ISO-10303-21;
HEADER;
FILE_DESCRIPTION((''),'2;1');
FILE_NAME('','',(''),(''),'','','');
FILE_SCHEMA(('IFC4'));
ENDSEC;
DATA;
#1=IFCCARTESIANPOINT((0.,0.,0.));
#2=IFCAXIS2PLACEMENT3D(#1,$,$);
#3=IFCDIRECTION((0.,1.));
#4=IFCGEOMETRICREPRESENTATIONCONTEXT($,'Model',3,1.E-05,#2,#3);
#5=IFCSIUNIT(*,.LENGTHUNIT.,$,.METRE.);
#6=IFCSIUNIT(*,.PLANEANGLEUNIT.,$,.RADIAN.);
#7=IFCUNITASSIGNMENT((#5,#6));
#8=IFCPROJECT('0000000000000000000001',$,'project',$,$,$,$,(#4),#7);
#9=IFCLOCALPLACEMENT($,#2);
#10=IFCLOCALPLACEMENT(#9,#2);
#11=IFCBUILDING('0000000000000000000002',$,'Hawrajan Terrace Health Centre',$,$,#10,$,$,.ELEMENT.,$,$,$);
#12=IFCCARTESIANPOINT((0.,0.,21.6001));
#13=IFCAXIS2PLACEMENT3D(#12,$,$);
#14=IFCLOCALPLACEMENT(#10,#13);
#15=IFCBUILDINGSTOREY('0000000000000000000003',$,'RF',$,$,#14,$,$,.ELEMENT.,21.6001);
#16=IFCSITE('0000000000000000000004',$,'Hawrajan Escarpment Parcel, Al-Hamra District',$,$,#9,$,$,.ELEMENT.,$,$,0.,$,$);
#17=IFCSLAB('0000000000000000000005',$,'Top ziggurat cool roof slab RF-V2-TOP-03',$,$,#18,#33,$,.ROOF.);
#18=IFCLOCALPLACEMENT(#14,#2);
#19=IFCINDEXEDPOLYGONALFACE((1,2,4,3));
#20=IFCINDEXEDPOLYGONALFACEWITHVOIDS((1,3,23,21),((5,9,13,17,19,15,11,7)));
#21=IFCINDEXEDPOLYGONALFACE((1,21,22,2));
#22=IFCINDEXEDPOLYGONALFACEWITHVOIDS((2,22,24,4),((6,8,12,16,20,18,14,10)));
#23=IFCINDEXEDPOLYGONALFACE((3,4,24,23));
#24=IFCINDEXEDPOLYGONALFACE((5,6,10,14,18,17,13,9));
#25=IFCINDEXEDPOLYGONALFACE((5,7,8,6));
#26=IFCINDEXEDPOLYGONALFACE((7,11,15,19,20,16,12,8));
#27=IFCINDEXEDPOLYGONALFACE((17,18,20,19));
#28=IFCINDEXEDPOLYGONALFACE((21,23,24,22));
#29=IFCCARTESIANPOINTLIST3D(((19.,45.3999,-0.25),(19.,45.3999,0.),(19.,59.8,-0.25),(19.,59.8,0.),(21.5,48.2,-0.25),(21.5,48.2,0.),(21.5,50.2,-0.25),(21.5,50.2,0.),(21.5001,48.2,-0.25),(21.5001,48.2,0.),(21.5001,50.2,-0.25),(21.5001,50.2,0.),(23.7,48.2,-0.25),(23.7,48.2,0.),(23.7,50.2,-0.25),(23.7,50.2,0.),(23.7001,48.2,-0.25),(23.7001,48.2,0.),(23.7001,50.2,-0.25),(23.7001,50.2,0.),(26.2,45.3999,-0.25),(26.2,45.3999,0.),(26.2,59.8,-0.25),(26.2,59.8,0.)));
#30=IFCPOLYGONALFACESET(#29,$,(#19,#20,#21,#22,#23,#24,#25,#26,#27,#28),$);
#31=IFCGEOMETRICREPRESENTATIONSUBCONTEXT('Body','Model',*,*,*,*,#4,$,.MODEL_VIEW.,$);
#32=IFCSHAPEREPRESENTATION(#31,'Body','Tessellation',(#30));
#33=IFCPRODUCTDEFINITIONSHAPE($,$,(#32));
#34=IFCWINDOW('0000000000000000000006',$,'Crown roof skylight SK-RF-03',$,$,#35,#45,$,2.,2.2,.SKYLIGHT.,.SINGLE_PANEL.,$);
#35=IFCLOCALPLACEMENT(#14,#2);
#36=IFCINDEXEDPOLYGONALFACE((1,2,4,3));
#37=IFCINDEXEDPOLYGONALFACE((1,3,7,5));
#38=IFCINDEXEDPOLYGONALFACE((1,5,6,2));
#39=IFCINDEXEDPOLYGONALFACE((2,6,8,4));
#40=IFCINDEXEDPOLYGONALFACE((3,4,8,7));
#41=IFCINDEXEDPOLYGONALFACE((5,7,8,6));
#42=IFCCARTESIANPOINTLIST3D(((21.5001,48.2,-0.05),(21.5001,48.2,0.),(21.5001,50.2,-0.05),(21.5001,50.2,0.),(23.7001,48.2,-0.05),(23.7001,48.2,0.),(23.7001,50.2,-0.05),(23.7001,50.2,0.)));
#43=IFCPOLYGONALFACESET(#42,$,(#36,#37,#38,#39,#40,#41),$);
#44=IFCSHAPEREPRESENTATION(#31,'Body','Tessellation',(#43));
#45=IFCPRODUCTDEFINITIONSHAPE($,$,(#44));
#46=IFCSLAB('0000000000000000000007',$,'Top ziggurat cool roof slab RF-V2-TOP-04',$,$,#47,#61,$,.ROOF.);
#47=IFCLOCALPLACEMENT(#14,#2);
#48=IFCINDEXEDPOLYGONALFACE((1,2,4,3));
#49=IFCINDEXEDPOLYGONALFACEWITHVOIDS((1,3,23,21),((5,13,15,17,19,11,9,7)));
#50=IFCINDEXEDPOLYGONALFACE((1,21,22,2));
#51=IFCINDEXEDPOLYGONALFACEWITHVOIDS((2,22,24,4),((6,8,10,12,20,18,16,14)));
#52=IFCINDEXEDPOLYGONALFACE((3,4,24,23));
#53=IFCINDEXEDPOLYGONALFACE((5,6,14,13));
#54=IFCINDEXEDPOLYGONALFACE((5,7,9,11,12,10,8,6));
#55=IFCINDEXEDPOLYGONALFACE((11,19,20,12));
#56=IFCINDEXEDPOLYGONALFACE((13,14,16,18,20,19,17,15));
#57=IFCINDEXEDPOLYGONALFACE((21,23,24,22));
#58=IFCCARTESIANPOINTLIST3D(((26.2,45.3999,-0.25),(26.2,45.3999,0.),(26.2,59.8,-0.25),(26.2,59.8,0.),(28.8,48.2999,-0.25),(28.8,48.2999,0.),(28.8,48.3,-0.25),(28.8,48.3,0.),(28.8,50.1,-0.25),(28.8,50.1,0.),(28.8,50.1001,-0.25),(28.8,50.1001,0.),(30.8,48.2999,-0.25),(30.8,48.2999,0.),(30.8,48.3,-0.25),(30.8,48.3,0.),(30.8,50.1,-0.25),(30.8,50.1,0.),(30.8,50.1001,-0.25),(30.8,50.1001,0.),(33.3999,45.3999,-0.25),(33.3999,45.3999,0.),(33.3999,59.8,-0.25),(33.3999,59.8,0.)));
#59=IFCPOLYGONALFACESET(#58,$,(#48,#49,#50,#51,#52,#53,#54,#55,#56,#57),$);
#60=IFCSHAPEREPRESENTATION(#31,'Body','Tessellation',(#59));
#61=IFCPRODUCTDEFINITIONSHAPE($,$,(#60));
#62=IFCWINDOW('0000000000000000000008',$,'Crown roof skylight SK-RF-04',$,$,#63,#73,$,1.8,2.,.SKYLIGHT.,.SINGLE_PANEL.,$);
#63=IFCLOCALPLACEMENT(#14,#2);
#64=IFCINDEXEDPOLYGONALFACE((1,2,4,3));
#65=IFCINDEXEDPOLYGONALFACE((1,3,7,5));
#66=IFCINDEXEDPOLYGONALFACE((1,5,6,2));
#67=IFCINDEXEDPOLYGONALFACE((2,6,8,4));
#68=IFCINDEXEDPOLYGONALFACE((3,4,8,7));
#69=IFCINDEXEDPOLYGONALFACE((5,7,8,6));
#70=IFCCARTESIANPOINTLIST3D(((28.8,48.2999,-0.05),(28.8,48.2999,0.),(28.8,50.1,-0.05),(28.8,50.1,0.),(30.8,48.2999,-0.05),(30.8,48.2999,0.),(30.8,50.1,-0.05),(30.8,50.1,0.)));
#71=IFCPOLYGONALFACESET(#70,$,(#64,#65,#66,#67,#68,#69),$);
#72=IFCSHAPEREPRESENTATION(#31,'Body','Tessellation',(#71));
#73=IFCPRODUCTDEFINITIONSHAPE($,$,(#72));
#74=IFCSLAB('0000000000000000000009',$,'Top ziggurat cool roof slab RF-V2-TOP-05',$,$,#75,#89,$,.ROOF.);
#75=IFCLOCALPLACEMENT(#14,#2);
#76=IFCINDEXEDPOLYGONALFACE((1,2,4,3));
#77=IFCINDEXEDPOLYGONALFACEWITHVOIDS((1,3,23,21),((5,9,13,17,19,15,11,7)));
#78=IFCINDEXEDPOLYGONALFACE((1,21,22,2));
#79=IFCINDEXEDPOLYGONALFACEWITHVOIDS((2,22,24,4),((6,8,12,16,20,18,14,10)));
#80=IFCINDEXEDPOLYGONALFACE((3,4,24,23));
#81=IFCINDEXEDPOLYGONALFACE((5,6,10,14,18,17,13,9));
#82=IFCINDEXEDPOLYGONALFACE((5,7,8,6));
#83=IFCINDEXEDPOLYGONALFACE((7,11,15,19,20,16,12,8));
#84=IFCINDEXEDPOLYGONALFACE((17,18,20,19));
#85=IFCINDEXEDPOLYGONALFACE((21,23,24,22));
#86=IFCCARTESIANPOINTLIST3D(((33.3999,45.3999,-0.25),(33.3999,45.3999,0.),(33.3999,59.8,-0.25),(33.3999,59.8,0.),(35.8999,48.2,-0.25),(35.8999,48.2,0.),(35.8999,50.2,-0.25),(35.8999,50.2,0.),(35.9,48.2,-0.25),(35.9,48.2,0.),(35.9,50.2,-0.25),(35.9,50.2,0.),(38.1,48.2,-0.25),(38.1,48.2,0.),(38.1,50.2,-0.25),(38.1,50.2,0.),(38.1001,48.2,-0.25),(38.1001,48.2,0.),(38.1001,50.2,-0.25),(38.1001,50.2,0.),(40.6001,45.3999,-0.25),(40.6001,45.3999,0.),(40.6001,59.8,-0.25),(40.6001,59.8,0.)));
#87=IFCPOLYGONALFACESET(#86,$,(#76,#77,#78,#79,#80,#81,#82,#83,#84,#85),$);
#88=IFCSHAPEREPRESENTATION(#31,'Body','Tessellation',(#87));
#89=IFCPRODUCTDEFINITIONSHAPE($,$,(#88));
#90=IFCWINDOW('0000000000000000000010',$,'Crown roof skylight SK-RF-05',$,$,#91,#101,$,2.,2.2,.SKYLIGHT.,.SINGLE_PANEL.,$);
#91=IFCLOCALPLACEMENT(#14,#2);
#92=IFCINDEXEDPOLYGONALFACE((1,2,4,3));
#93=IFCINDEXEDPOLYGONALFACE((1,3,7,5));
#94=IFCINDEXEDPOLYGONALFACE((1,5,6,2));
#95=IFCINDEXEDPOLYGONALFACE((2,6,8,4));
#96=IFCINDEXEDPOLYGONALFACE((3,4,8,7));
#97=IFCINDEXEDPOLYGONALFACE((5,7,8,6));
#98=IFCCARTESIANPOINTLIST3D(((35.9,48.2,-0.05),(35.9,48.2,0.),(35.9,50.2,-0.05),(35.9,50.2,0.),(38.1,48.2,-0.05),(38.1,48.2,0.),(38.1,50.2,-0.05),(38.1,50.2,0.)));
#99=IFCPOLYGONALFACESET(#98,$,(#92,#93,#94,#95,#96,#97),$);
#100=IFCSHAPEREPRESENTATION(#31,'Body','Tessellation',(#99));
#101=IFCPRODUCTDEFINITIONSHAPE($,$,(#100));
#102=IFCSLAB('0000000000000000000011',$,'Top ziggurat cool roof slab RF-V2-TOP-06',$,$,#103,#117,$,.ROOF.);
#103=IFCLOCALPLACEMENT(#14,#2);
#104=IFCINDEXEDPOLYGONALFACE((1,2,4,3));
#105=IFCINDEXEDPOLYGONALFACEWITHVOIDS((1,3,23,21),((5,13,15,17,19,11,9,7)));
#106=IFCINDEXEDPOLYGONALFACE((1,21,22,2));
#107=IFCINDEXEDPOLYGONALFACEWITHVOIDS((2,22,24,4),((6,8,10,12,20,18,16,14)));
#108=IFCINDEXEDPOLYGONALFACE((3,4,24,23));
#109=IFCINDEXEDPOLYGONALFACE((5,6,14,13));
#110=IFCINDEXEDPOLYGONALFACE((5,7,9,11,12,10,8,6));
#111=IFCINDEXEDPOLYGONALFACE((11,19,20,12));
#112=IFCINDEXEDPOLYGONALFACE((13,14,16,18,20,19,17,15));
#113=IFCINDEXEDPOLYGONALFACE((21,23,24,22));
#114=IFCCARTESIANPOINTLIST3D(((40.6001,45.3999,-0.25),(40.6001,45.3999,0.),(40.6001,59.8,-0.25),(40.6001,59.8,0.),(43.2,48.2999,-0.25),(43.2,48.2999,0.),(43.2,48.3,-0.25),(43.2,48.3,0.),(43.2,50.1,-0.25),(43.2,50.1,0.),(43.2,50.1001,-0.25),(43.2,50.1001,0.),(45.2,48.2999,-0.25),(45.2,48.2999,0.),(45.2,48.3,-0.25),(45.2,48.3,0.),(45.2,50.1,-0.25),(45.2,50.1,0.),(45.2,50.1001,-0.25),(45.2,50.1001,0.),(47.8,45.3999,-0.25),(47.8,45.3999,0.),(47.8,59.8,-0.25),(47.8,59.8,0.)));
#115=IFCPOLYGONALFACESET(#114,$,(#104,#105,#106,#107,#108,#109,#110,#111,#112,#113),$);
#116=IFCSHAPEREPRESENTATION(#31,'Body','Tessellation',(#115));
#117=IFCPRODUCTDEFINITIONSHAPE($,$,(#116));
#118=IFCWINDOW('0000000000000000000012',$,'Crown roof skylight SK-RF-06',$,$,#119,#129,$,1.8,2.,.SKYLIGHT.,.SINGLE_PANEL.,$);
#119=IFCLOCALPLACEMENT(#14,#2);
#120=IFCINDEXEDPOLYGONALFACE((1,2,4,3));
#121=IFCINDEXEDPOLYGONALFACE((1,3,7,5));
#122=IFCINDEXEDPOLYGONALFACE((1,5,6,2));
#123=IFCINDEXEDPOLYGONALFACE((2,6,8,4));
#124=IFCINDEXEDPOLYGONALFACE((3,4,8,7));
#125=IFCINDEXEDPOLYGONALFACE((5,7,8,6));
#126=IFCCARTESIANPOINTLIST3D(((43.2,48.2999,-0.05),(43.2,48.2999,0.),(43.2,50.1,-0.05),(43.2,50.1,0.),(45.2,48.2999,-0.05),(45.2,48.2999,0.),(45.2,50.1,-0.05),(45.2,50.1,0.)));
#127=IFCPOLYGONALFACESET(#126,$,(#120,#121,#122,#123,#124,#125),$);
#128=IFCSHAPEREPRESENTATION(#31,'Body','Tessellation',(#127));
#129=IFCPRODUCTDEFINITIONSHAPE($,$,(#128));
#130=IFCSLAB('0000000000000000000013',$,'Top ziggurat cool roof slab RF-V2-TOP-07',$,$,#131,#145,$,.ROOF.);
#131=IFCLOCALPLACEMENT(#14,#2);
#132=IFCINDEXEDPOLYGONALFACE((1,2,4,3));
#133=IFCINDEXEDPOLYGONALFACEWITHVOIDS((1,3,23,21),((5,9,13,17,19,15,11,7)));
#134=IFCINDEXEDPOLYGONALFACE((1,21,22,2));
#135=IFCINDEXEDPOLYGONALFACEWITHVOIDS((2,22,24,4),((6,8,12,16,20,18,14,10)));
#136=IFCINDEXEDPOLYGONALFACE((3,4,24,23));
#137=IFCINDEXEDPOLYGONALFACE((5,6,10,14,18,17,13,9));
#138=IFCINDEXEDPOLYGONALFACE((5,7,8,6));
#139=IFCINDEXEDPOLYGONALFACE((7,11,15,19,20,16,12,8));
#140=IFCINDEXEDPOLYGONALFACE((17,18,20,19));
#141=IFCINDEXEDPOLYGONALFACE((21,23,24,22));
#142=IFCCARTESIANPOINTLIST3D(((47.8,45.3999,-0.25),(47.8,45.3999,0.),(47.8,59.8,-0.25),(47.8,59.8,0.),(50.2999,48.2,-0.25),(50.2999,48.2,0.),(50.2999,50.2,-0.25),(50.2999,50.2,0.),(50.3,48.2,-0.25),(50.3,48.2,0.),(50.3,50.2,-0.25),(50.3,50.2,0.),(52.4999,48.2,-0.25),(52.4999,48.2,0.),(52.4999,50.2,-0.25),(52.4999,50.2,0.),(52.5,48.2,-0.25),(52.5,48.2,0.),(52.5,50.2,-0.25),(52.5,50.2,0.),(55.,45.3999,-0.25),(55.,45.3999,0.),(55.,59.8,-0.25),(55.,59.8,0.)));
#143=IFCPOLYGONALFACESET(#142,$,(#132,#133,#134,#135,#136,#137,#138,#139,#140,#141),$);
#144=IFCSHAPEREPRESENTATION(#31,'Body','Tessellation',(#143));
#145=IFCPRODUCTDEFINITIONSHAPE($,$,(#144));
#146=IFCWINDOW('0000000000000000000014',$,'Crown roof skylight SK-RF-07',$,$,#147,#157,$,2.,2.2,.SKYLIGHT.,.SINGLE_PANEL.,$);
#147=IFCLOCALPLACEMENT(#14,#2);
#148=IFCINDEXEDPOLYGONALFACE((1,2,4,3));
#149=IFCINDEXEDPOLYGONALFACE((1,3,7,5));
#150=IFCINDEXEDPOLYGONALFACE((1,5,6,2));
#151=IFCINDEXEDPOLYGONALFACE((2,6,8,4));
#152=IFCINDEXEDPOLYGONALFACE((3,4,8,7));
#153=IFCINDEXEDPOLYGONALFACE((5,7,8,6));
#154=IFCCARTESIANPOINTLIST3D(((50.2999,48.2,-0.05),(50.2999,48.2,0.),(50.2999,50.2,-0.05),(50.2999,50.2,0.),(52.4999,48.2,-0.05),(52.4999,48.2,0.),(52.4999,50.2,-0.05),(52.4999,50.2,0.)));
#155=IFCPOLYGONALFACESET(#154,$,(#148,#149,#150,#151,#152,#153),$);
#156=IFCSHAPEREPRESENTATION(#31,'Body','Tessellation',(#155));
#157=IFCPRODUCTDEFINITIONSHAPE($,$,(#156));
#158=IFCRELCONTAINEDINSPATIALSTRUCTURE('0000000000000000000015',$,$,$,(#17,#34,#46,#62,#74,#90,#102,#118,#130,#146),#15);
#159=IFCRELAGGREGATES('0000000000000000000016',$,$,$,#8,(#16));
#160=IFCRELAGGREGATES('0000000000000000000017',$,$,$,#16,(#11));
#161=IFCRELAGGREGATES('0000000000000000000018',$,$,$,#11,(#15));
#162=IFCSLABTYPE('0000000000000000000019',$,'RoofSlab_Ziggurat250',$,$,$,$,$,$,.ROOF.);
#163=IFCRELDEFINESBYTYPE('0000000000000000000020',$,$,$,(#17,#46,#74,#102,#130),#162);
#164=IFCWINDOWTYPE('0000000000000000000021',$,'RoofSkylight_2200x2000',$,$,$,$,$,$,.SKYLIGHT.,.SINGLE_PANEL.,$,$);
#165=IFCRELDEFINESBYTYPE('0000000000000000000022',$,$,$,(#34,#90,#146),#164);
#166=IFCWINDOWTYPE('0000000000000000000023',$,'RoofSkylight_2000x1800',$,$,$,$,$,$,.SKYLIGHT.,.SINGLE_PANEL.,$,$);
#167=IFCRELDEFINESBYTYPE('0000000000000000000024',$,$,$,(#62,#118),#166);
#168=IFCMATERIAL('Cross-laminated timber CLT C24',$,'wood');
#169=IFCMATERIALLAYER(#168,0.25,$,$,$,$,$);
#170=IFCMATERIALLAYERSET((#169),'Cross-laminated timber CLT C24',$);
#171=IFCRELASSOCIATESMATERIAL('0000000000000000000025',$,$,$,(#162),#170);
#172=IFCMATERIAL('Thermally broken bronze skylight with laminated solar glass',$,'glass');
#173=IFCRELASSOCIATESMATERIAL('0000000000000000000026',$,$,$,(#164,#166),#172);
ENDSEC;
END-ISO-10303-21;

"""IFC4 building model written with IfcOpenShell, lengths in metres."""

from ifc_helpers import new_model, si_unit, direction, frame, origin, origin_2d, place, context, subcontext, project, spatial, polyline, rectangle, outline, extrude, material, layer, layer_set, type_object, element, fill, save


model = new_model("IFC4")

# Units and contexts
model_context = context("Model", 3, precision=1e-05, world=origin(), true_north=direction((0.0, 1.0)))
body_context = subcontext(model_context, "Body", "Model", "MODEL_VIEW")
ifc_project = project(units=[si_unit("LENGTHUNIT", "METRE"), si_unit("PLANEANGLEUNIT", "RADIAN")], contexts=[model_context])

# Site, building, storey
site_placement = place(None, origin())
site = spatial("IfcSite", under=ifc_project, at=site_placement, Name="Hawrajan Escarpment Parcel, Al-Hamra District", CompositionType="ELEMENT", RefElevation=0.0)
building_placement = place(site_placement, origin())
building = spatial("IfcBuilding", under=site, at=building_placement, Name="Hawrajan Terrace Health Centre", CompositionType="ELEMENT")
storey_placement = place(building_placement, frame((0.0, 0.0, 21.6001)))
storey = spatial("IfcBuildingStorey", under=building, at=storey_placement, Name="RF", CompositionType="ELEMENT", Elevation=21.6001)

# Slabs, openings, windows
ifc_material_1 = material(Name="Cross-laminated timber CLT C24", Category="wood")
ifc_layer_1 = layer(ifc_material_1, 0.25)
ifc_layer_set_1 = layer_set([ifc_layer_1], Name="Cross-laminated timber CLT C24")
slab_type = type_object("IfcSlabType", Name="RoofSlab_Ziggurat250", PredefinedType="ROOF", material=ifc_layer_set_1)
ifc_material_2 = material(Name="Thermally broken bronze skylight with laminated solar glass", Category="glass")
window_type_1 = type_object("IfcWindowType", Name="RoofSkylight_2200x2000", PartitioningType="SINGLE_PANEL", PredefinedType="SKYLIGHT", material=ifc_material_2)
window_type_2 = type_object("IfcWindowType", Name="RoofSkylight_2000x1800", PartitioningType="SINGLE_PANEL", PredefinedType="SKYLIGHT", material=ifc_material_2)
slab_1_placement = place(storey_placement, frame((0.0, 0.0, -0.25)))
slab_1 = element("IfcSlab", 1, at=slab_1_placement, inside=storey, type_object=slab_type, Name="Top ziggurat cool roof slab RF-V2-TOP-03", PredefinedType="ROOF", context=body_context, shape_type="SweptSolid", body=[
    extrude(outline(polyline([(19.0, 45.3999), (26.2, 45.3999), (26.2, 59.8), (19.0, 59.8), (19.0, 45.3999)]), holes=[polyline([(21.5, 48.2), (23.7, 48.2), (23.7, 50.2), (21.5, 50.2), (21.5, 48.2)])]), origin(), (0.0, 0.0, 1.0), 0.25),
])
opening_1_placement = place(slab_1_placement, frame((22.6001, 49.2, -0.01)))
opening_1 = element("IfcOpeningElement", 2, at=opening_1_placement, cuts=slab_1, PredefinedType="OPENING", context=body_context, shape_type="SweptSolid", body=[
    extrude(rectangle(XDim=2.2, YDim=2.0, at=origin_2d()), origin(), (0.0, 0.0, 1.0), 0.27),
])
window_1_placement = place(opening_1_placement, frame((0.0, 0.0, 0.21)))
window_1 = element("IfcWindow", 3, at=window_1_placement, inside=storey, type_object=window_type_1, Name="Crown roof skylight SK-RF-03", OverallHeight=2.0, OverallWidth=2.2, PartitioningType="SINGLE_PANEL", PredefinedType="SKYLIGHT", context=body_context, shape_type="SweptSolid", body=[
    extrude(rectangle(XDim=2.2, YDim=2.0, at=origin_2d()), origin(), (0.0, 0.0, 1.0), 0.05),
])
fill(opening_1, window_1)
slab_2_placement = place(storey_placement, frame((0.0, 0.0, -0.25)))
slab_2 = element("IfcSlab", 4, at=slab_2_placement, inside=storey, type_object=slab_type, Name="Top ziggurat cool roof slab RF-V2-TOP-04", PredefinedType="ROOF", context=body_context, shape_type="SweptSolid", body=[
    extrude(outline(polyline([(26.2, 45.3999), (33.3999, 45.3999), (33.3999, 59.8), (26.2, 59.8), (26.2, 45.3999)]), holes=[polyline([(28.8, 48.3), (30.8, 48.3), (30.8, 50.1001), (28.8, 50.1001), (28.8, 48.3)])]), origin(), (0.0, 0.0, 1.0), 0.25),
])
opening_2_placement = place(slab_2_placement, frame((29.8, 49.2, -0.01)))
opening_2 = element("IfcOpeningElement", 5, at=opening_2_placement, cuts=slab_2, PredefinedType="OPENING", context=body_context, shape_type="SweptSolid", body=[
    extrude(rectangle(XDim=2.0, YDim=1.8, at=origin_2d()), origin(), (0.0, 0.0, 1.0), 0.27),
])
window_2_placement = place(opening_2_placement, frame((0.0, 0.0, 0.21)))
window_2 = element("IfcWindow", 6, at=window_2_placement, inside=storey, type_object=window_type_2, Name="Crown roof skylight SK-RF-04", OverallHeight=1.8, OverallWidth=2.0, PartitioningType="SINGLE_PANEL", PredefinedType="SKYLIGHT", context=body_context, shape_type="SweptSolid", body=[
    extrude(rectangle(XDim=2.0, YDim=1.8, at=origin_2d()), origin(), (0.0, 0.0, 1.0), 0.05),
])
fill(opening_2, window_2)
slab_3_placement = place(storey_placement, frame((0.0, 0.0, -0.25)))
slab_3 = element("IfcSlab", 7, at=slab_3_placement, inside=storey, type_object=slab_type, Name="Top ziggurat cool roof slab RF-V2-TOP-05", PredefinedType="ROOF", context=body_context, shape_type="SweptSolid", body=[
    extrude(outline(polyline([(33.3999, 45.3999), (40.6001, 45.3999), (40.6001, 59.8), (33.3999, 59.8), (33.3999, 45.3999)]), holes=[polyline([(35.8999, 48.2), (38.1001, 48.2), (38.1001, 50.2), (35.8999, 50.2), (35.8999, 48.2)])]), origin(), (0.0, 0.0, 1.0), 0.25),
])
opening_3_placement = place(slab_3_placement, frame((37.0, 49.2, -0.01)))
opening_3 = element("IfcOpeningElement", 8, at=opening_3_placement, cuts=slab_3, PredefinedType="OPENING", context=body_context, shape_type="SweptSolid", body=[
    extrude(rectangle(XDim=2.2, YDim=2.0, at=origin_2d()), origin(), (0.0, 0.0, 1.0), 0.27),
])
window_3_placement = place(opening_3_placement, frame((0.0, 0.0, 0.21)))
window_3 = element("IfcWindow", 9, at=window_3_placement, inside=storey, type_object=window_type_1, Name="Crown roof skylight SK-RF-05", OverallHeight=2.0, OverallWidth=2.2, PartitioningType="SINGLE_PANEL", PredefinedType="SKYLIGHT", context=body_context, shape_type="SweptSolid", body=[
    extrude(rectangle(XDim=2.2, YDim=2.0, at=origin_2d()), origin(), (0.0, 0.0, 1.0), 0.05),
])
fill(opening_3, window_3)
slab_4_placement = place(storey_placement, frame((0.0, 0.0, -0.25)))
slab_4 = element("IfcSlab", 10, at=slab_4_placement, inside=storey, type_object=slab_type, Name="Top ziggurat cool roof slab RF-V2-TOP-06", PredefinedType="ROOF", context=body_context, shape_type="SweptSolid", body=[
    extrude(outline(polyline([(40.6001, 45.3999), (47.8, 45.3999), (47.8, 59.8), (40.6001, 59.8), (40.6001, 45.3999)]), holes=[polyline([(43.2, 48.3), (45.2, 48.3), (45.2, 50.1001), (43.2, 50.1001), (43.2, 48.3)])]), origin(), (0.0, 0.0, 1.0), 0.25),
])
opening_4_placement = place(slab_4_placement, frame((44.2, 49.2, -0.01)))
opening_4 = element("IfcOpeningElement", 11, at=opening_4_placement, cuts=slab_4, PredefinedType="OPENING", context=body_context, shape_type="SweptSolid", body=[
    extrude(rectangle(XDim=2.0, YDim=1.8, at=origin_2d()), origin(), (0.0, 0.0, 1.0), 0.27),
])
window_4_placement = place(opening_4_placement, frame((0.0, 0.0, 0.21)))
window_4 = element("IfcWindow", 12, at=window_4_placement, inside=storey, type_object=window_type_2, Name="Crown roof skylight SK-RF-06", OverallHeight=1.8, OverallWidth=2.0, PartitioningType="SINGLE_PANEL", PredefinedType="SKYLIGHT", context=body_context, shape_type="SweptSolid", body=[
    extrude(rectangle(XDim=2.0, YDim=1.8, at=origin_2d()), origin(), (0.0, 0.0, 1.0), 0.05),
])
fill(opening_4, window_4)
slab_5_placement = place(storey_placement, frame((0.0, 0.0, -0.25)))
slab_5 = element("IfcSlab", 13, at=slab_5_placement, inside=storey, type_object=slab_type, Name="Top ziggurat cool roof slab RF-V2-TOP-07", PredefinedType="ROOF", context=body_context, shape_type="SweptSolid", body=[
    extrude(outline(polyline([(47.8, 45.3999), (55.0, 45.3999), (55.0, 59.8), (47.8, 59.8), (47.8, 45.3999)]), holes=[polyline([(50.3, 48.2), (52.5, 48.2), (52.5, 50.2), (50.3, 50.2), (50.3, 48.2)])]), origin(), (0.0, 0.0, 1.0), 0.25),
])
opening_5_placement = place(slab_5_placement, frame((51.3999, 49.2, -0.01)))
opening_5 = element("IfcOpeningElement", 14, at=opening_5_placement, cuts=slab_5, PredefinedType="OPENING", context=body_context, shape_type="SweptSolid", body=[
    extrude(rectangle(XDim=2.2, YDim=2.0, at=origin_2d()), origin(), (0.0, 0.0, 1.0), 0.27),
])
window_5_placement = place(opening_5_placement, frame((0.0, 0.0, 0.21)))
window_5 = element("IfcWindow", 15, at=window_5_placement, inside=storey, type_object=window_type_1, Name="Crown roof skylight SK-RF-07", OverallHeight=2.0, OverallWidth=2.2, PartitioningType="SINGLE_PANEL", PredefinedType="SKYLIGHT", context=body_context, shape_type="SweptSolid", body=[
    extrude(rectangle(XDim=2.2, YDim=2.0, at=origin_2d()), origin(), (0.0, 0.0, 1.0), 0.05),
])
fill(opening_5, window_5)

save(model, "model.ifc")
